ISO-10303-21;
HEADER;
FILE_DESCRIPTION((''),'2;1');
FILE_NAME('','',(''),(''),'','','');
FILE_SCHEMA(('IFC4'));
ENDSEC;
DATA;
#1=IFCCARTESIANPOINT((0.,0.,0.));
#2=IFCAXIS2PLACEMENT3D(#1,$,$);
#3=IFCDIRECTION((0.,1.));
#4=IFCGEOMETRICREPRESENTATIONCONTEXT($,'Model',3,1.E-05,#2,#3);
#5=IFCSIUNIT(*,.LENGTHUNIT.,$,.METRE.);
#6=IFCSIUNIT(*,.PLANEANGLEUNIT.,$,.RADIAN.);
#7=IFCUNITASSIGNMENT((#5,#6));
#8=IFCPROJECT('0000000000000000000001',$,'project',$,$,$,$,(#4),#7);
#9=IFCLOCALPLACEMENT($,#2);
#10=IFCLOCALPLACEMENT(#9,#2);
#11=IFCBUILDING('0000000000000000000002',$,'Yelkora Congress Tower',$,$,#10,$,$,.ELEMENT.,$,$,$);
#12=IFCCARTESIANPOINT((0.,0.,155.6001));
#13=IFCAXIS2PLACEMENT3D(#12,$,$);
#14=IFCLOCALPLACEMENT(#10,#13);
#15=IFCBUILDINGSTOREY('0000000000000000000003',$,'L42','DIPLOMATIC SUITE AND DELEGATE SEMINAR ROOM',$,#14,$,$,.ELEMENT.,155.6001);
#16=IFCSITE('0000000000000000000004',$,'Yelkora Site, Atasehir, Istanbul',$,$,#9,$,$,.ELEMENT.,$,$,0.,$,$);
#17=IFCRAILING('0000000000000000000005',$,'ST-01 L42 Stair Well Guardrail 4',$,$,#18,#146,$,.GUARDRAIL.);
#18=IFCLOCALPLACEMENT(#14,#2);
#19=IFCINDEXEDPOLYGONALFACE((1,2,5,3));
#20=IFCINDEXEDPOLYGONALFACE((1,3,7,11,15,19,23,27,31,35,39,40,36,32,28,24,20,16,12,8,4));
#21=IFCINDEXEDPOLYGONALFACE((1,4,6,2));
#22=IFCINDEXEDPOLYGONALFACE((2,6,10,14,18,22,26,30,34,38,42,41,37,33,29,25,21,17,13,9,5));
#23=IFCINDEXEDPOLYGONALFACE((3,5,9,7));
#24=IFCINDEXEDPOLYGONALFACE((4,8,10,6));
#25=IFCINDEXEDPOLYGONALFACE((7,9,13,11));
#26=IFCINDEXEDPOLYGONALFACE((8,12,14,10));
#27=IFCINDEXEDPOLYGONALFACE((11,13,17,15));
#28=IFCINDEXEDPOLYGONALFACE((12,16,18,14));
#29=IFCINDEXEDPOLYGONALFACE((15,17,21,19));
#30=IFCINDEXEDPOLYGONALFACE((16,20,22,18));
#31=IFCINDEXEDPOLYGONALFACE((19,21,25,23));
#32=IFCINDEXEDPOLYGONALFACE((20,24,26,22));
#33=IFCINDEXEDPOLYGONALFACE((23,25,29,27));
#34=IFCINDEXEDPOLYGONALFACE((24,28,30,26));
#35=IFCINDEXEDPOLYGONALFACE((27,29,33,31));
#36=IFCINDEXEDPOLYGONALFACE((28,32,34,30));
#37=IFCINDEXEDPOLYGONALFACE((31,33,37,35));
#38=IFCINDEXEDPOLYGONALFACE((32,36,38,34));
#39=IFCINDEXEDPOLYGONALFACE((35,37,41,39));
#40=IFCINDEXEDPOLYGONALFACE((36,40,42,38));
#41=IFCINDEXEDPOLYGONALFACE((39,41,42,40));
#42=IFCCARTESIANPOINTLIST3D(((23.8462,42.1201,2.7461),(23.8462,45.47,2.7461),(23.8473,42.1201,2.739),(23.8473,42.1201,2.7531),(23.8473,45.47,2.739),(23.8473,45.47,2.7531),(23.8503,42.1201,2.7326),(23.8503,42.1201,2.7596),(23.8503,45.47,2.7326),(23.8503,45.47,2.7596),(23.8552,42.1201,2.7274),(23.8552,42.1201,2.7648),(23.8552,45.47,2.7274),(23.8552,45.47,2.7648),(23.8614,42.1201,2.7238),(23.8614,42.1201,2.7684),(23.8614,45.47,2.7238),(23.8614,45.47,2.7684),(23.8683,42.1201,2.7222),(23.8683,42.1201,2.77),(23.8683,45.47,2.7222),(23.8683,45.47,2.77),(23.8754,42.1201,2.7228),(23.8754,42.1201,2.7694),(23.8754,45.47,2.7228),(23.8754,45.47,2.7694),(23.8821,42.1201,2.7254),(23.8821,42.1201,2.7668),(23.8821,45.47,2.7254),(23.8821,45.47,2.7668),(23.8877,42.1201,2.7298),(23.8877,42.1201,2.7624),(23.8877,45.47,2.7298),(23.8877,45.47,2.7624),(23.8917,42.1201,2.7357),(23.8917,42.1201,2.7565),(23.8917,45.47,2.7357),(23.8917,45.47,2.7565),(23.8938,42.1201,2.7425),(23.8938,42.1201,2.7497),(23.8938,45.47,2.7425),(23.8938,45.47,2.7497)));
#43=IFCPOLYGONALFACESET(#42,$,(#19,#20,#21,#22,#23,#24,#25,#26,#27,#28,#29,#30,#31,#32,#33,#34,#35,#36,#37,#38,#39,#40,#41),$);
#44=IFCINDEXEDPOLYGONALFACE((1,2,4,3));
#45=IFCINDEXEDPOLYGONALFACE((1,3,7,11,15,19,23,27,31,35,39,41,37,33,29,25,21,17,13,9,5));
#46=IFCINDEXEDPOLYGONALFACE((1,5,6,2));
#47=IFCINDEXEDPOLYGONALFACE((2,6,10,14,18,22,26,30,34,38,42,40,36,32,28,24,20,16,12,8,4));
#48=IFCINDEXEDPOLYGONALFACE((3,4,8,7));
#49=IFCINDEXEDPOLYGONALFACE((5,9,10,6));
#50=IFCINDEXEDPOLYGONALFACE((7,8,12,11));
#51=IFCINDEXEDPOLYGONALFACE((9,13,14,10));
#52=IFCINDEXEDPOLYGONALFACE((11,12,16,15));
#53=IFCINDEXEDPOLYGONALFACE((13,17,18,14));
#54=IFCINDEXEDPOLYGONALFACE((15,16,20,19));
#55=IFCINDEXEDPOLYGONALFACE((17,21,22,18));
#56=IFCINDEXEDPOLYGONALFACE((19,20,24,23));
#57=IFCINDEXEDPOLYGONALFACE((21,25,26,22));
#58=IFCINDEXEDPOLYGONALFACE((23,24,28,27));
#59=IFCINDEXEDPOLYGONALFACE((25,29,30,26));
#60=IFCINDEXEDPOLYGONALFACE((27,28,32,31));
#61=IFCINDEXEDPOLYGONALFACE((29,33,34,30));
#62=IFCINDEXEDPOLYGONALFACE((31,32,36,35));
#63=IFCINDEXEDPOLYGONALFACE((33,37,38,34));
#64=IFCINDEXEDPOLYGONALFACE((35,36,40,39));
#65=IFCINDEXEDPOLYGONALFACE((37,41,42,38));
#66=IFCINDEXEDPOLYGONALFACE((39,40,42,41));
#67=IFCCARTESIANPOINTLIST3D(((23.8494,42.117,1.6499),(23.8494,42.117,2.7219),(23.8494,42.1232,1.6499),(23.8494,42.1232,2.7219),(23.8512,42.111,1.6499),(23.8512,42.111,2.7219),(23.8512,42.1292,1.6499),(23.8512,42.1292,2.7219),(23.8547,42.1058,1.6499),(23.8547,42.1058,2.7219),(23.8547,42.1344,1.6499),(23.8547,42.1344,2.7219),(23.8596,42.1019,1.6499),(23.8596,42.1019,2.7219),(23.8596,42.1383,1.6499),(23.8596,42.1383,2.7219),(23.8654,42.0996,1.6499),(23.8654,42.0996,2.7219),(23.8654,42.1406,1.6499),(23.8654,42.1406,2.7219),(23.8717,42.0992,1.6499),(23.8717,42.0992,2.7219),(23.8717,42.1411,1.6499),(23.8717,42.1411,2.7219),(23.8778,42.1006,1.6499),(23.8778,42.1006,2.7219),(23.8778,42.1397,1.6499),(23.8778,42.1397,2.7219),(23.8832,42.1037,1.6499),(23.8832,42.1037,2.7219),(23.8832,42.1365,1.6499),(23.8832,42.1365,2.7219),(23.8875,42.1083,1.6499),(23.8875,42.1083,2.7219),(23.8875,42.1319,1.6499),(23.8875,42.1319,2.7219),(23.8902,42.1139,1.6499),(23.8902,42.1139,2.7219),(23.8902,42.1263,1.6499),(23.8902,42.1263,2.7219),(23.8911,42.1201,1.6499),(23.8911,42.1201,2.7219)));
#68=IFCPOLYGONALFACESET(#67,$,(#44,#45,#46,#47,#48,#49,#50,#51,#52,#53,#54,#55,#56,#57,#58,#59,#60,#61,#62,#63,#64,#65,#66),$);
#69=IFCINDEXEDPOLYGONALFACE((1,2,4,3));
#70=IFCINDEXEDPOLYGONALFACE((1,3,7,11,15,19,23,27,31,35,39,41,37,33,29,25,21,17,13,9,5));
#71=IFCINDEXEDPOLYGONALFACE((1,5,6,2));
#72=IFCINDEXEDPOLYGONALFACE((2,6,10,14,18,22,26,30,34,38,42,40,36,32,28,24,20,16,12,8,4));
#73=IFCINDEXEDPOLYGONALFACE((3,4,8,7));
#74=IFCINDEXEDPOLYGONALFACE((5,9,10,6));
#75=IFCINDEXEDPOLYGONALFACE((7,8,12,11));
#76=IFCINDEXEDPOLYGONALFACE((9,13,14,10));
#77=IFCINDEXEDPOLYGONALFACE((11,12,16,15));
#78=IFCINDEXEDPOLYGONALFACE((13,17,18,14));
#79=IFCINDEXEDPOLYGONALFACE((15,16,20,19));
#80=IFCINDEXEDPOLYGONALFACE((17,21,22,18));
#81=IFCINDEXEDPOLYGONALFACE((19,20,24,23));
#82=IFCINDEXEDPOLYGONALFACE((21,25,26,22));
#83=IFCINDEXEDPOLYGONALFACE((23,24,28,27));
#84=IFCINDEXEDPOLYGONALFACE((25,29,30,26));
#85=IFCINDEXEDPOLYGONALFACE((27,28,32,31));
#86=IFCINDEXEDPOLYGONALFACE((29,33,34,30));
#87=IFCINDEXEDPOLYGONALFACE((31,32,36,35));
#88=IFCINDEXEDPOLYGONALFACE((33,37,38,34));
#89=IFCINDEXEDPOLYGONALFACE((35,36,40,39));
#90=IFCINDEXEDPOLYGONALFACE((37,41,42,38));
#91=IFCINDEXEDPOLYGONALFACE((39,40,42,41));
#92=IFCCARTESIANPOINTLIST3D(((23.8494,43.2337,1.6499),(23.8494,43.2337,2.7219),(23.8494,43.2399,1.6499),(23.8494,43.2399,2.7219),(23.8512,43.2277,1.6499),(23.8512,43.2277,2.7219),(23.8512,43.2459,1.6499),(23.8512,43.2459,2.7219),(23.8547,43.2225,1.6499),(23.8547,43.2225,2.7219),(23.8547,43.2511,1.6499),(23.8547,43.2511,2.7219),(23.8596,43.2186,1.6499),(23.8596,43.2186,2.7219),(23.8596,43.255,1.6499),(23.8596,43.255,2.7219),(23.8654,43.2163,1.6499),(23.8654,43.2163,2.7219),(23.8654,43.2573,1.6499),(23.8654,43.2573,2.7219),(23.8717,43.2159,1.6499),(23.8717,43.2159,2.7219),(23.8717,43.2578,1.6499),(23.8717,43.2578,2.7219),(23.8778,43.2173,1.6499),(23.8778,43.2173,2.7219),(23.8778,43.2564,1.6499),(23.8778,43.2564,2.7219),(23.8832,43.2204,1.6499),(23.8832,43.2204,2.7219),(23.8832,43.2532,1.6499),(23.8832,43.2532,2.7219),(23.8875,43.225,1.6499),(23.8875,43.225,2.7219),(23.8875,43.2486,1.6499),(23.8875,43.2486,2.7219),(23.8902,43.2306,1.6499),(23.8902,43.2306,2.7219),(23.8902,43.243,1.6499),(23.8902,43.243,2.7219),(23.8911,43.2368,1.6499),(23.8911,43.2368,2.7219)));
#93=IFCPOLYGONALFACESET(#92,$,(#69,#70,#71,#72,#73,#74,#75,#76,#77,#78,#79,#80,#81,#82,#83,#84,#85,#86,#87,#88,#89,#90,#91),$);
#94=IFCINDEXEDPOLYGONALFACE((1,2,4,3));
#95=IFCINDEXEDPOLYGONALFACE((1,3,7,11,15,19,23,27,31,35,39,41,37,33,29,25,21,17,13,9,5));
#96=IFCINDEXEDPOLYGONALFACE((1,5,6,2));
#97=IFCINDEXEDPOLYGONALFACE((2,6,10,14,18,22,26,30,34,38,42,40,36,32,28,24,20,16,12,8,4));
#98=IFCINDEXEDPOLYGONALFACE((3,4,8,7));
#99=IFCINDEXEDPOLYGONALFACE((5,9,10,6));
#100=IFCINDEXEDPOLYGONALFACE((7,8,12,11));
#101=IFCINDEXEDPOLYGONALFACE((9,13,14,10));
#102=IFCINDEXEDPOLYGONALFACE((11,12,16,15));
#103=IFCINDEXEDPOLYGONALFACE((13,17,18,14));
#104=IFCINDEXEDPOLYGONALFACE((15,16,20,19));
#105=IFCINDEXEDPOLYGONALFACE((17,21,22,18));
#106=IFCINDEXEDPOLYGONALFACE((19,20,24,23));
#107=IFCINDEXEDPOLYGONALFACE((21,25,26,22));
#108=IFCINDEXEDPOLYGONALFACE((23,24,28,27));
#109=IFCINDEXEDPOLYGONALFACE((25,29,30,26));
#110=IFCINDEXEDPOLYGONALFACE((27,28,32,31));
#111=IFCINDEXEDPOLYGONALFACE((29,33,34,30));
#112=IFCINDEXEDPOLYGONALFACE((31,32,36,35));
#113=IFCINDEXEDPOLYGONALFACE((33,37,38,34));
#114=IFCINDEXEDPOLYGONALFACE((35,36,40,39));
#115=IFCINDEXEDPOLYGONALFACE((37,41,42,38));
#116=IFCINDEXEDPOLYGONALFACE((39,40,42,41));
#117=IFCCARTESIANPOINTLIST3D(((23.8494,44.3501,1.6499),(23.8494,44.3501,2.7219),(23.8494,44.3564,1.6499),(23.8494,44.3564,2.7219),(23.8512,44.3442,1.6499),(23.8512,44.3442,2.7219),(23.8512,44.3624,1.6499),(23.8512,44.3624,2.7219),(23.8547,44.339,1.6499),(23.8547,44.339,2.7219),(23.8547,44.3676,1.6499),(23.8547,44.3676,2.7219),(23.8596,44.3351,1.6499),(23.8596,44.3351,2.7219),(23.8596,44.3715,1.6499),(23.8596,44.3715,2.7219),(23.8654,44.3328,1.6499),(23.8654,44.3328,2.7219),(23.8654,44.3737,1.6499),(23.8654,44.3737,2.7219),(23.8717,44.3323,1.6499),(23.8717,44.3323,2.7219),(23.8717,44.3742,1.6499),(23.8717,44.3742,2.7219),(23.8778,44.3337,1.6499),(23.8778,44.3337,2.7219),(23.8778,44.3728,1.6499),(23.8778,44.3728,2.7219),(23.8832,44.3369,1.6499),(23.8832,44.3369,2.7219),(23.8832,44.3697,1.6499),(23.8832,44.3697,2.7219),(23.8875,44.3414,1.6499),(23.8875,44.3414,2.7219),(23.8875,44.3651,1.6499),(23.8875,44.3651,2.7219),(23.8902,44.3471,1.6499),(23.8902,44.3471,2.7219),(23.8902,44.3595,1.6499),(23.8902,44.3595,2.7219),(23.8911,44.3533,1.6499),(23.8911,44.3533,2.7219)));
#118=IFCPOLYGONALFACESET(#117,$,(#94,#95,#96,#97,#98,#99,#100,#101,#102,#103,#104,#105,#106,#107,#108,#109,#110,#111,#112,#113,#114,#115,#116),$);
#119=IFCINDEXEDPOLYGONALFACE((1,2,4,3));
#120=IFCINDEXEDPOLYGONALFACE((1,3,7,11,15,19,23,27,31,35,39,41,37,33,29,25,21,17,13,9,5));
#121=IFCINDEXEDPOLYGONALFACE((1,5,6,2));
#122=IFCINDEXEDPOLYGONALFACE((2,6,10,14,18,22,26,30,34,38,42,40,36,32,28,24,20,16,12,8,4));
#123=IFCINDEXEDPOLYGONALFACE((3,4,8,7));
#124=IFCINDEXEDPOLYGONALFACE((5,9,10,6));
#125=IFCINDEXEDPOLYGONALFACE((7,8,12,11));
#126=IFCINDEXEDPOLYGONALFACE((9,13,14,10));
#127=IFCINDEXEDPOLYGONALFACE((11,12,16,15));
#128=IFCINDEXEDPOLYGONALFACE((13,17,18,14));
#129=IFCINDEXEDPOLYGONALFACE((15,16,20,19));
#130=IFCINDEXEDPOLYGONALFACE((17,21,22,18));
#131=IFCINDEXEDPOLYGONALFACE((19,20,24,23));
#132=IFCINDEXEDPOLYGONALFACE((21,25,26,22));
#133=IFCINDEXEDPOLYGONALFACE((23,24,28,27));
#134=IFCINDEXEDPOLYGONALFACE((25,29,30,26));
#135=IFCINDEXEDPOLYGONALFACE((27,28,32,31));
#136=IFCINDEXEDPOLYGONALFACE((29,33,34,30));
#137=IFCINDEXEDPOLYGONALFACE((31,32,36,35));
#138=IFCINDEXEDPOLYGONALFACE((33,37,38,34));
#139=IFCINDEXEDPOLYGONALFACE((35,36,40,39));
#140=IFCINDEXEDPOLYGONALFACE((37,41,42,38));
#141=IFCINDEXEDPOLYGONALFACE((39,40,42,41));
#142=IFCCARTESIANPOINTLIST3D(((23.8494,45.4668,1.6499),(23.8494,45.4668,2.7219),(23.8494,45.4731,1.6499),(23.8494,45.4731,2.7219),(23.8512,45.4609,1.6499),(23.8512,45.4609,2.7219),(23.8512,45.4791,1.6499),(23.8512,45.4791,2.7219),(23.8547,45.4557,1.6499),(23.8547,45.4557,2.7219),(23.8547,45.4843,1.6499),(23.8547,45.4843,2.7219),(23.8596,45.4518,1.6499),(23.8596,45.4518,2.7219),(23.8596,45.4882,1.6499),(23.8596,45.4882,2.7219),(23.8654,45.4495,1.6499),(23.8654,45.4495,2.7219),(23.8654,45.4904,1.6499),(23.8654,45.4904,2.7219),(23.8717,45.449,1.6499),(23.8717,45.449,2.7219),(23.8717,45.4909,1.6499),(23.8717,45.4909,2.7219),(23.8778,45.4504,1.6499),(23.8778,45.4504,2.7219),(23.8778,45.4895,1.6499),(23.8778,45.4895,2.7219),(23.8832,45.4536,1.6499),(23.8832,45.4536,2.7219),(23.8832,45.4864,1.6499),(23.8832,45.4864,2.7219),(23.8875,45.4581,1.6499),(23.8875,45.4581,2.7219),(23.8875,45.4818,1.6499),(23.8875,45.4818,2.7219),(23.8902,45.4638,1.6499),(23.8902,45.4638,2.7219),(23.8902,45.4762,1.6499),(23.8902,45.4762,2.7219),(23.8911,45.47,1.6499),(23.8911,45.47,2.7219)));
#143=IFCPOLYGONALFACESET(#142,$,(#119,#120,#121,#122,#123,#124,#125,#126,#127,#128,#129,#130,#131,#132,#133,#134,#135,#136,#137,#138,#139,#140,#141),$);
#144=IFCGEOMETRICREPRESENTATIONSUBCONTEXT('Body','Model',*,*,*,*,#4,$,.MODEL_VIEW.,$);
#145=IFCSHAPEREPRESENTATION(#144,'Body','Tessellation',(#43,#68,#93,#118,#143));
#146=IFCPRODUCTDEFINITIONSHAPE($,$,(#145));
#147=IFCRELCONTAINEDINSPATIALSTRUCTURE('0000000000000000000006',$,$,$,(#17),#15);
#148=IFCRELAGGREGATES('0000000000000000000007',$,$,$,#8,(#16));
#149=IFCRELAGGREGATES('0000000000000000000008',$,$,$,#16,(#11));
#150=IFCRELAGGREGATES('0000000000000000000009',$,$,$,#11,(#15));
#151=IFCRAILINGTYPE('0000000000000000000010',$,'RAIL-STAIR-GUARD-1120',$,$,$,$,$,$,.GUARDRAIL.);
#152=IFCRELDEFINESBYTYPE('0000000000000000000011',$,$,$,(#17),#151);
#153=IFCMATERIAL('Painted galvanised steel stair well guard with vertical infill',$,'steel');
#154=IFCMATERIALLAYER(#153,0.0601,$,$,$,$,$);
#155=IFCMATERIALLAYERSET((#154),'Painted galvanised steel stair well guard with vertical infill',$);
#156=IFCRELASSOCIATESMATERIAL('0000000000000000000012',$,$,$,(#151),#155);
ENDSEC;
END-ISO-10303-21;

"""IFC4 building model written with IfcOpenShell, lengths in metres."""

from ifc_helpers import new_model, si_unit, direction, frame, origin, origin_2d, place, context, subcontext, project, spatial, circle, extrude, material, layer, layer_set, type_object, element, save


model = new_model("IFC4")

# Units and contexts
model_context = context("Model", 3, precision=1e-05, world=origin(), true_north=direction((0.0, 1.0)))
body_context = subcontext(model_context, "Body", "Model", "MODEL_VIEW")
ifc_project = project(units=[si_unit("LENGTHUNIT", "METRE"), si_unit("PLANEANGLEUNIT", "RADIAN")], contexts=[model_context])

# Site, building, storey
site_placement = place(None, origin())
site = spatial("IfcSite", under=ifc_project, at=site_placement, Name="Yelkora Site, Atasehir, Istanbul", CompositionType="ELEMENT", RefElevation=0.0)
building_placement = place(site_placement, origin())
building = spatial("IfcBuilding", under=site, at=building_placement, Name="Yelkora Congress Tower", CompositionType="ELEMENT")
storey_placement = place(building_placement, frame((0.0, 0.0, 155.6001)))
storey = spatial("IfcBuildingStorey", under=building, at=storey_placement, Name="L42", Description="DIPLOMATIC SUITE AND DELEGATE SEMINAR ROOM", CompositionType="ELEMENT", Elevation=155.6001)

# Railing
ifc_material_1 = material(Name="Painted galvanised steel stair well guard with vertical infill", Category="steel")
ifc_layer_1 = layer(ifc_material_1, 0.0601)
ifc_layer_set_1 = layer_set([ifc_layer_1], Name="Painted galvanised steel stair well guard with vertical infill")
railing_type_1 = type_object("IfcRailingType", Name="RAIL-STAIR-GUARD-1120", PredefinedType="GUARDRAIL", material=ifc_layer_set_1)
for number, where, name in (
    (1, (23.8701, 42.1201, 1.6499), "ST-01 L42 Stair Well Guardrail 4"),
):
    element("IfcRailing", number, at=place(storey_placement, frame(where)), inside=storey, type_object=railing_type_1, Name=name, PredefinedType="GUARDRAIL", context=body_context, shape_type="SweptSolid", body=[
        extrude(circle(Radius=0.0239, at=origin_2d()), frame((0.0, 0.0, 1.0962), z_axis=(0.0, 1.0, 0.0), x_axis=(-1.0, 0.0, 0.0)), (0.0, 0.0, 1.0), 3.3499),
        extrude(circle(Radius=0.021, at=origin_2d()), origin(), (0.0, 0.0, 1.0), 1.072),
        extrude(circle(Radius=0.021, at=origin_2d()), frame((0.0, 1.1167, 0.0)), (0.0, 0.0, 1.0), 1.072),
        extrude(circle(Radius=0.021, at=origin_2d()), frame((0.0, 2.2332, 0.0)), (0.0, 0.0, 1.0), 1.072),
        extrude(circle(Radius=0.021, at=origin_2d()), frame((0.0, 3.3499, 0.0)), (0.0, 0.0, 1.0), 1.072),
    ])

save(model, "model.ifc")
